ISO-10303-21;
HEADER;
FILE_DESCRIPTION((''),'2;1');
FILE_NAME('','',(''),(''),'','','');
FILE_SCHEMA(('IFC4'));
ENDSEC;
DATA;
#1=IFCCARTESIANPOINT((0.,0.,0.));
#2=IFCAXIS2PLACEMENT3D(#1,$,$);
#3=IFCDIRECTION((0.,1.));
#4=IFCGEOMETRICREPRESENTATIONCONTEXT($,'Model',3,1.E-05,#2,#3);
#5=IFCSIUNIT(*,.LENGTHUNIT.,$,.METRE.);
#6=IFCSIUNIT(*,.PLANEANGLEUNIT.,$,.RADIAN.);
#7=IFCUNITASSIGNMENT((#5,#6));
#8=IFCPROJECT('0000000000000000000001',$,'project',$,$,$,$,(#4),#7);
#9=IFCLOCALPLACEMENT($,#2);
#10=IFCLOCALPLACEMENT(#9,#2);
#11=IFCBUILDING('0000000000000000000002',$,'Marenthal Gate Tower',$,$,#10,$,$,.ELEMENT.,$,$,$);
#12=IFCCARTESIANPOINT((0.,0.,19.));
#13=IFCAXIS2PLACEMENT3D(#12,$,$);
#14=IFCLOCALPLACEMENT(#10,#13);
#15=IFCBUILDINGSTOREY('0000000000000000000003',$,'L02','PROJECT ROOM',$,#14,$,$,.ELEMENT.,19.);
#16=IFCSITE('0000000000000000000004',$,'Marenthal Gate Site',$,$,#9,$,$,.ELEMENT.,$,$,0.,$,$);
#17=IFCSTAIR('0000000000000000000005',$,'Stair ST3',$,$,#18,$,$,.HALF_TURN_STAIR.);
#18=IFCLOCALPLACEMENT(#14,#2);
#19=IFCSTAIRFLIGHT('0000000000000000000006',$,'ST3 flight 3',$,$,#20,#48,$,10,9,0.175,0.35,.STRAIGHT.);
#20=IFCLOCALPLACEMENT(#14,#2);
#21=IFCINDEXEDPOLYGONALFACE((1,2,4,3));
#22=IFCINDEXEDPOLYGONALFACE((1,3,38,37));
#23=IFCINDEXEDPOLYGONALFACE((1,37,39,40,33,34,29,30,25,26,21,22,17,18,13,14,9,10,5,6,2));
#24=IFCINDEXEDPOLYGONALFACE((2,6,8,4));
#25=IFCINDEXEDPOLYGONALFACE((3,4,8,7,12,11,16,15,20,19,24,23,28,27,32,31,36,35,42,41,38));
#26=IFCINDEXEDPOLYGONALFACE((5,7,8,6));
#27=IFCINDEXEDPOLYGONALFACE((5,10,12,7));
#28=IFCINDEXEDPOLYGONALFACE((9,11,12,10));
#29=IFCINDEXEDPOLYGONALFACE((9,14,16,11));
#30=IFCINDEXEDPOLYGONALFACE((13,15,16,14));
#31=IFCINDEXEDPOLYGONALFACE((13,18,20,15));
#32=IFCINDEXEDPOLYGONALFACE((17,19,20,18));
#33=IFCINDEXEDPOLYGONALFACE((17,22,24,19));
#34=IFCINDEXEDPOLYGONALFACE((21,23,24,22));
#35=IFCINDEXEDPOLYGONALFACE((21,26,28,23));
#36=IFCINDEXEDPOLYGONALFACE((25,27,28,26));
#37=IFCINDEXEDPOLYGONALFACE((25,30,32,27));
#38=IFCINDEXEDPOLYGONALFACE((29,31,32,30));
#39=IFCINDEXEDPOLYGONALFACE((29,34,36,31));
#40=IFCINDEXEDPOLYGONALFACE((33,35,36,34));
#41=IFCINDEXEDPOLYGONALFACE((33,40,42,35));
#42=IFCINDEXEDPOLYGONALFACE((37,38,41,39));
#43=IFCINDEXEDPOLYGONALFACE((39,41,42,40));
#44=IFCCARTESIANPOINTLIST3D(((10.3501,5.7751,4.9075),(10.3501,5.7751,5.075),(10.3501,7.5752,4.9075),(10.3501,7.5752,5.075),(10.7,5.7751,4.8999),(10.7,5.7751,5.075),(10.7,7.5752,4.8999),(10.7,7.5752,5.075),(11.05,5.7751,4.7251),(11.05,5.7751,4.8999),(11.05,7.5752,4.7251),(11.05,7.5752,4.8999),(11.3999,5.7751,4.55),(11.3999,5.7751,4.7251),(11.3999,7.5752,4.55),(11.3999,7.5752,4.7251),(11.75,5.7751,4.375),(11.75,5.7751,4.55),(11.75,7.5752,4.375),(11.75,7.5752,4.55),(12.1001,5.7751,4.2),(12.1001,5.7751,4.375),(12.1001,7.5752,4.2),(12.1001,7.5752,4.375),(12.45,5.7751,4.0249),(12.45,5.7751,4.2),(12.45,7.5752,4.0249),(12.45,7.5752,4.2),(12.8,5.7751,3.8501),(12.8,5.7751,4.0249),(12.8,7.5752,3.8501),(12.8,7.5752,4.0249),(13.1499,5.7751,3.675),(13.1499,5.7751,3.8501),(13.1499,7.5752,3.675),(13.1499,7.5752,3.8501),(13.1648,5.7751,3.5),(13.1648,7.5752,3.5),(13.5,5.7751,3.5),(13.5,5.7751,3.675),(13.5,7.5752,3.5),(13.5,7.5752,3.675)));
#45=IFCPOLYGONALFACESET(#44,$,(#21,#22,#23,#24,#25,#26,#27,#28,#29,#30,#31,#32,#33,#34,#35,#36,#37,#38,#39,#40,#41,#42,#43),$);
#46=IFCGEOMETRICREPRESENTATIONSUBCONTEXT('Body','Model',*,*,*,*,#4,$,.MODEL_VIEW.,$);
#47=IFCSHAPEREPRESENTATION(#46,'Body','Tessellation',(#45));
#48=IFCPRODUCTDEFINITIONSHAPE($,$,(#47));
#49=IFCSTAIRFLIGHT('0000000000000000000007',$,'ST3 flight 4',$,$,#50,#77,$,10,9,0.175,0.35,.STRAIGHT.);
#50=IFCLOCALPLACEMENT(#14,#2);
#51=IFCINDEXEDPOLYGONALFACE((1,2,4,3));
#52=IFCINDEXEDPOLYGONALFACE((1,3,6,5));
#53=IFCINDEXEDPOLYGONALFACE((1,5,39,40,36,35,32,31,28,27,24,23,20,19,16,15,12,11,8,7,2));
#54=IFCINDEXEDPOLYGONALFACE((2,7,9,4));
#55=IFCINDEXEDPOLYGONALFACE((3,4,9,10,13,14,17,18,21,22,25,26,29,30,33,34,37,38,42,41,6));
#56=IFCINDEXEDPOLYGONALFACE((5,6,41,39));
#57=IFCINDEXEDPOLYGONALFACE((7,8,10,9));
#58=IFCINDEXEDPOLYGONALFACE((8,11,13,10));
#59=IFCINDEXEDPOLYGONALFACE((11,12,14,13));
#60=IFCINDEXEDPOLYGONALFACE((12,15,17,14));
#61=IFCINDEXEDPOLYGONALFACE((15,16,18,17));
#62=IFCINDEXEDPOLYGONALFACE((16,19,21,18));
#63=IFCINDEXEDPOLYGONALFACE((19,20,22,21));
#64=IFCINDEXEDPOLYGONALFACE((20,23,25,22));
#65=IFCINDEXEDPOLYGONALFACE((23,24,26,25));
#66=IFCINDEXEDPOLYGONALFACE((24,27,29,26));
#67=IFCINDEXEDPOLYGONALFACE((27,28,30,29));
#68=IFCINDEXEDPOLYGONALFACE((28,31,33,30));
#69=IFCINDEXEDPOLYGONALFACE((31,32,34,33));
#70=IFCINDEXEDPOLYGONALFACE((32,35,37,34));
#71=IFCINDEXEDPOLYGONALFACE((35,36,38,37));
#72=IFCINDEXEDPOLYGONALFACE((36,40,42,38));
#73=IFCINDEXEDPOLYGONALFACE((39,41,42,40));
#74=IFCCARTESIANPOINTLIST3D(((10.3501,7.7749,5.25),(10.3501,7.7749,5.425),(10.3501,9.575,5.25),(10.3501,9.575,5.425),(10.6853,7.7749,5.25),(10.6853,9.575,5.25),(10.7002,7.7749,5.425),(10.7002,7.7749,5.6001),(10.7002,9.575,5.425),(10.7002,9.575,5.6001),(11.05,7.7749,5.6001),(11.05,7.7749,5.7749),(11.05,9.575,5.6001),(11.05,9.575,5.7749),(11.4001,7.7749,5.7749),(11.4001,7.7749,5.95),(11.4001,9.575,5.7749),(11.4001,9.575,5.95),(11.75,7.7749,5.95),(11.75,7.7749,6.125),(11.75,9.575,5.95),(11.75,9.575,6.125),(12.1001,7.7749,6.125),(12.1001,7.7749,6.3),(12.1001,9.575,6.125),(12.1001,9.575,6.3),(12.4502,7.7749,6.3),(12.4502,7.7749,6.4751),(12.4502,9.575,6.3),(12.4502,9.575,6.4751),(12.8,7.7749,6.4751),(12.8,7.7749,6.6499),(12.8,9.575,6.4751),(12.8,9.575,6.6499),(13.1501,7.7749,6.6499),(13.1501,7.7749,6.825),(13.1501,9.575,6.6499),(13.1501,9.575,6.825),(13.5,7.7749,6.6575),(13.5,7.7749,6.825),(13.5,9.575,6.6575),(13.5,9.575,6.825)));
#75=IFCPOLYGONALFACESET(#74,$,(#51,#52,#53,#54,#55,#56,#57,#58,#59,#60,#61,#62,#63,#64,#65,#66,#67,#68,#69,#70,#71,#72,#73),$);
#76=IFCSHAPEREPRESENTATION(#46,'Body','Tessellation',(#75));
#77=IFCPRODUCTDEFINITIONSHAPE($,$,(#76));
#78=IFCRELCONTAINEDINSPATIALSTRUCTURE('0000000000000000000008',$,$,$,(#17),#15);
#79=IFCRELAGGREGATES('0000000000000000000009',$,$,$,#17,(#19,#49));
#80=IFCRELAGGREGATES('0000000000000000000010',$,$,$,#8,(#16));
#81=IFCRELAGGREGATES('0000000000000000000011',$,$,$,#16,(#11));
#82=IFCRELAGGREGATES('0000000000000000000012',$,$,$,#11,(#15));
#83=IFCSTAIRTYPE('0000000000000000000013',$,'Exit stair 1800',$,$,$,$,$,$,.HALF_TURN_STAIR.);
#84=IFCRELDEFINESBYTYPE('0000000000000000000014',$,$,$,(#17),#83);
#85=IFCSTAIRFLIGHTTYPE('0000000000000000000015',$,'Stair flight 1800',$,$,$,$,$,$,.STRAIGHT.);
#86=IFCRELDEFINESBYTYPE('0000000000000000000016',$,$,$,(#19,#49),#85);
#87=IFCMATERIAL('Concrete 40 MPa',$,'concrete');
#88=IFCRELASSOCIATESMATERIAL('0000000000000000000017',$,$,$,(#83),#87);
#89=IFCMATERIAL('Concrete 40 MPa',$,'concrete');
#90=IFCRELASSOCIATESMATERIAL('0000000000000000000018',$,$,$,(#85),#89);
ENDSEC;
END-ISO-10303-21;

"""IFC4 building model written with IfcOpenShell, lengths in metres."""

from ifc_helpers import new_model, si_unit, direction, frame, origin, place, context, subcontext, project, spatial, polyline, outline, extrude, material, type_object, element, aggregate, save


model = new_model("IFC4")

# Units and contexts
model_context = context("Model", 3, precision=1e-05, world=origin(), true_north=direction((0.0, 1.0)))
body_context = subcontext(model_context, "Body", "Model", "MODEL_VIEW")
ifc_project = project(units=[si_unit("LENGTHUNIT", "METRE"), si_unit("PLANEANGLEUNIT", "RADIAN")], contexts=[model_context])

# Site, building, storey
site_placement = place(None, origin())
site = spatial("IfcSite", under=ifc_project, at=site_placement, Name="Marenthal Gate Site", CompositionType="ELEMENT", RefElevation=0.0)
building_placement = place(site_placement, origin())
building = spatial("IfcBuilding", under=site, at=building_placement, Name="Marenthal Gate Tower", CompositionType="ELEMENT")
storey_placement = place(building_placement, frame((0.0, 0.0, 19.0)))
storey = spatial("IfcBuildingStorey", under=building, at=storey_placement, Name="L02", Description="PROJECT ROOM", CompositionType="ELEMENT", Elevation=19.0)

# Stair, stair flights
ifc_material_1 = material(Name="Concrete 40 MPa", Category="concrete")
stair_type_1 = type_object("IfcStairType", Name="Exit stair 1800", PredefinedType="HALF_TURN_STAIR", material=ifc_material_1)
stair_1_placement = place(storey_placement, origin())
stair_1 = element("IfcStair", 1, at=stair_1_placement, inside=storey, type_object=stair_type_1, Name="Stair ST3", PredefinedType="HALF_TURN_STAIR")
ifc_material_2 = material(Name="Concrete 40 MPa", Category="concrete")
stair_flight_type = type_object("IfcStairFlightType", Name="Stair flight 1800", PredefinedType="STRAIGHT", material=ifc_material_2)
stair_flight_1_placement = place(storey_placement, frame((13.5, 6.675, 3.5), z_axis=(0.0, 0.0, 1.0), x_axis=(-1.0, 0.0, 0.0)))
stair_flight_1 = element("IfcStairFlight", 2, at=stair_flight_1_placement, type_object=stair_flight_type, Name="ST3 flight 3", NumberOfRisers=10, NumberOfTreads=9, PredefinedType="STRAIGHT", RiserHeight=0.175, TreadLength=0.35, context=body_context, shape_type="SweptSolid", body=[
    extrude(outline(polyline([(0.0, 0.0), (0.0, 0.175), (0.3501, 0.175), (0.3501, 0.3501), (0.7, 0.3501), (0.7, 0.5249), (1.05, 0.5249), (1.05, 0.7), (1.3999, 0.7), (1.3999, 0.875), (1.75, 0.875), (1.75, 1.05), (2.1001, 1.05), (2.1001, 1.2251), (2.45, 1.2251), (2.45, 1.3999), (2.8, 1.3999), (2.8, 1.575), (3.1499, 1.575), (3.1499, 1.75), (3.1499, 1.4075), (0.3352, 0.0), (0.0, 0.0)])), frame((0.0, 0.8999, 0.0), z_axis=(0.0, -1.0, 0.0), x_axis=(1.0, 0.0, 0.0)), (0.0, 0.0, 1.0), 1.8),
])
stair_flight_2_placement = place(storey_placement, frame((10.3501, 8.675, 5.25), z_axis=(0.0, 0.0, 1.0), x_axis=(1.0, 0.0, 0.0)))
stair_flight_2 = element("IfcStairFlight", 3, at=stair_flight_2_placement, type_object=stair_flight_type, Name="ST3 flight 4", NumberOfRisers=10, NumberOfTreads=9, PredefinedType="STRAIGHT", RiserHeight=0.175, TreadLength=0.35, context=body_context, shape_type="SweptSolid", body=[
    extrude(outline(polyline([(0.0, 0.0), (0.0, 0.175), (0.3501, 0.175), (0.3501, 0.3501), (0.7, 0.3501), (0.7, 0.5249), (1.05, 0.5249), (1.05, 0.7), (1.3999, 0.7), (1.3999, 0.875), (1.75, 0.875), (1.75, 1.05), (2.1001, 1.05), (2.1001, 1.2251), (2.45, 1.2251), (2.45, 1.3999), (2.8, 1.3999), (2.8, 1.575), (3.1499, 1.575), (3.1499, 1.75), (3.1499, 1.4075), (0.3352, 0.0), (0.0, 0.0)])), frame((0.0, 0.8999, 0.0), z_axis=(0.0, -1.0, 0.0), x_axis=(1.0, 0.0, 0.0)), (0.0, 0.0, 1.0), 1.8),
])
aggregate(stair_1, [stair_flight_1, stair_flight_2])

save(model, "model.ifc")
